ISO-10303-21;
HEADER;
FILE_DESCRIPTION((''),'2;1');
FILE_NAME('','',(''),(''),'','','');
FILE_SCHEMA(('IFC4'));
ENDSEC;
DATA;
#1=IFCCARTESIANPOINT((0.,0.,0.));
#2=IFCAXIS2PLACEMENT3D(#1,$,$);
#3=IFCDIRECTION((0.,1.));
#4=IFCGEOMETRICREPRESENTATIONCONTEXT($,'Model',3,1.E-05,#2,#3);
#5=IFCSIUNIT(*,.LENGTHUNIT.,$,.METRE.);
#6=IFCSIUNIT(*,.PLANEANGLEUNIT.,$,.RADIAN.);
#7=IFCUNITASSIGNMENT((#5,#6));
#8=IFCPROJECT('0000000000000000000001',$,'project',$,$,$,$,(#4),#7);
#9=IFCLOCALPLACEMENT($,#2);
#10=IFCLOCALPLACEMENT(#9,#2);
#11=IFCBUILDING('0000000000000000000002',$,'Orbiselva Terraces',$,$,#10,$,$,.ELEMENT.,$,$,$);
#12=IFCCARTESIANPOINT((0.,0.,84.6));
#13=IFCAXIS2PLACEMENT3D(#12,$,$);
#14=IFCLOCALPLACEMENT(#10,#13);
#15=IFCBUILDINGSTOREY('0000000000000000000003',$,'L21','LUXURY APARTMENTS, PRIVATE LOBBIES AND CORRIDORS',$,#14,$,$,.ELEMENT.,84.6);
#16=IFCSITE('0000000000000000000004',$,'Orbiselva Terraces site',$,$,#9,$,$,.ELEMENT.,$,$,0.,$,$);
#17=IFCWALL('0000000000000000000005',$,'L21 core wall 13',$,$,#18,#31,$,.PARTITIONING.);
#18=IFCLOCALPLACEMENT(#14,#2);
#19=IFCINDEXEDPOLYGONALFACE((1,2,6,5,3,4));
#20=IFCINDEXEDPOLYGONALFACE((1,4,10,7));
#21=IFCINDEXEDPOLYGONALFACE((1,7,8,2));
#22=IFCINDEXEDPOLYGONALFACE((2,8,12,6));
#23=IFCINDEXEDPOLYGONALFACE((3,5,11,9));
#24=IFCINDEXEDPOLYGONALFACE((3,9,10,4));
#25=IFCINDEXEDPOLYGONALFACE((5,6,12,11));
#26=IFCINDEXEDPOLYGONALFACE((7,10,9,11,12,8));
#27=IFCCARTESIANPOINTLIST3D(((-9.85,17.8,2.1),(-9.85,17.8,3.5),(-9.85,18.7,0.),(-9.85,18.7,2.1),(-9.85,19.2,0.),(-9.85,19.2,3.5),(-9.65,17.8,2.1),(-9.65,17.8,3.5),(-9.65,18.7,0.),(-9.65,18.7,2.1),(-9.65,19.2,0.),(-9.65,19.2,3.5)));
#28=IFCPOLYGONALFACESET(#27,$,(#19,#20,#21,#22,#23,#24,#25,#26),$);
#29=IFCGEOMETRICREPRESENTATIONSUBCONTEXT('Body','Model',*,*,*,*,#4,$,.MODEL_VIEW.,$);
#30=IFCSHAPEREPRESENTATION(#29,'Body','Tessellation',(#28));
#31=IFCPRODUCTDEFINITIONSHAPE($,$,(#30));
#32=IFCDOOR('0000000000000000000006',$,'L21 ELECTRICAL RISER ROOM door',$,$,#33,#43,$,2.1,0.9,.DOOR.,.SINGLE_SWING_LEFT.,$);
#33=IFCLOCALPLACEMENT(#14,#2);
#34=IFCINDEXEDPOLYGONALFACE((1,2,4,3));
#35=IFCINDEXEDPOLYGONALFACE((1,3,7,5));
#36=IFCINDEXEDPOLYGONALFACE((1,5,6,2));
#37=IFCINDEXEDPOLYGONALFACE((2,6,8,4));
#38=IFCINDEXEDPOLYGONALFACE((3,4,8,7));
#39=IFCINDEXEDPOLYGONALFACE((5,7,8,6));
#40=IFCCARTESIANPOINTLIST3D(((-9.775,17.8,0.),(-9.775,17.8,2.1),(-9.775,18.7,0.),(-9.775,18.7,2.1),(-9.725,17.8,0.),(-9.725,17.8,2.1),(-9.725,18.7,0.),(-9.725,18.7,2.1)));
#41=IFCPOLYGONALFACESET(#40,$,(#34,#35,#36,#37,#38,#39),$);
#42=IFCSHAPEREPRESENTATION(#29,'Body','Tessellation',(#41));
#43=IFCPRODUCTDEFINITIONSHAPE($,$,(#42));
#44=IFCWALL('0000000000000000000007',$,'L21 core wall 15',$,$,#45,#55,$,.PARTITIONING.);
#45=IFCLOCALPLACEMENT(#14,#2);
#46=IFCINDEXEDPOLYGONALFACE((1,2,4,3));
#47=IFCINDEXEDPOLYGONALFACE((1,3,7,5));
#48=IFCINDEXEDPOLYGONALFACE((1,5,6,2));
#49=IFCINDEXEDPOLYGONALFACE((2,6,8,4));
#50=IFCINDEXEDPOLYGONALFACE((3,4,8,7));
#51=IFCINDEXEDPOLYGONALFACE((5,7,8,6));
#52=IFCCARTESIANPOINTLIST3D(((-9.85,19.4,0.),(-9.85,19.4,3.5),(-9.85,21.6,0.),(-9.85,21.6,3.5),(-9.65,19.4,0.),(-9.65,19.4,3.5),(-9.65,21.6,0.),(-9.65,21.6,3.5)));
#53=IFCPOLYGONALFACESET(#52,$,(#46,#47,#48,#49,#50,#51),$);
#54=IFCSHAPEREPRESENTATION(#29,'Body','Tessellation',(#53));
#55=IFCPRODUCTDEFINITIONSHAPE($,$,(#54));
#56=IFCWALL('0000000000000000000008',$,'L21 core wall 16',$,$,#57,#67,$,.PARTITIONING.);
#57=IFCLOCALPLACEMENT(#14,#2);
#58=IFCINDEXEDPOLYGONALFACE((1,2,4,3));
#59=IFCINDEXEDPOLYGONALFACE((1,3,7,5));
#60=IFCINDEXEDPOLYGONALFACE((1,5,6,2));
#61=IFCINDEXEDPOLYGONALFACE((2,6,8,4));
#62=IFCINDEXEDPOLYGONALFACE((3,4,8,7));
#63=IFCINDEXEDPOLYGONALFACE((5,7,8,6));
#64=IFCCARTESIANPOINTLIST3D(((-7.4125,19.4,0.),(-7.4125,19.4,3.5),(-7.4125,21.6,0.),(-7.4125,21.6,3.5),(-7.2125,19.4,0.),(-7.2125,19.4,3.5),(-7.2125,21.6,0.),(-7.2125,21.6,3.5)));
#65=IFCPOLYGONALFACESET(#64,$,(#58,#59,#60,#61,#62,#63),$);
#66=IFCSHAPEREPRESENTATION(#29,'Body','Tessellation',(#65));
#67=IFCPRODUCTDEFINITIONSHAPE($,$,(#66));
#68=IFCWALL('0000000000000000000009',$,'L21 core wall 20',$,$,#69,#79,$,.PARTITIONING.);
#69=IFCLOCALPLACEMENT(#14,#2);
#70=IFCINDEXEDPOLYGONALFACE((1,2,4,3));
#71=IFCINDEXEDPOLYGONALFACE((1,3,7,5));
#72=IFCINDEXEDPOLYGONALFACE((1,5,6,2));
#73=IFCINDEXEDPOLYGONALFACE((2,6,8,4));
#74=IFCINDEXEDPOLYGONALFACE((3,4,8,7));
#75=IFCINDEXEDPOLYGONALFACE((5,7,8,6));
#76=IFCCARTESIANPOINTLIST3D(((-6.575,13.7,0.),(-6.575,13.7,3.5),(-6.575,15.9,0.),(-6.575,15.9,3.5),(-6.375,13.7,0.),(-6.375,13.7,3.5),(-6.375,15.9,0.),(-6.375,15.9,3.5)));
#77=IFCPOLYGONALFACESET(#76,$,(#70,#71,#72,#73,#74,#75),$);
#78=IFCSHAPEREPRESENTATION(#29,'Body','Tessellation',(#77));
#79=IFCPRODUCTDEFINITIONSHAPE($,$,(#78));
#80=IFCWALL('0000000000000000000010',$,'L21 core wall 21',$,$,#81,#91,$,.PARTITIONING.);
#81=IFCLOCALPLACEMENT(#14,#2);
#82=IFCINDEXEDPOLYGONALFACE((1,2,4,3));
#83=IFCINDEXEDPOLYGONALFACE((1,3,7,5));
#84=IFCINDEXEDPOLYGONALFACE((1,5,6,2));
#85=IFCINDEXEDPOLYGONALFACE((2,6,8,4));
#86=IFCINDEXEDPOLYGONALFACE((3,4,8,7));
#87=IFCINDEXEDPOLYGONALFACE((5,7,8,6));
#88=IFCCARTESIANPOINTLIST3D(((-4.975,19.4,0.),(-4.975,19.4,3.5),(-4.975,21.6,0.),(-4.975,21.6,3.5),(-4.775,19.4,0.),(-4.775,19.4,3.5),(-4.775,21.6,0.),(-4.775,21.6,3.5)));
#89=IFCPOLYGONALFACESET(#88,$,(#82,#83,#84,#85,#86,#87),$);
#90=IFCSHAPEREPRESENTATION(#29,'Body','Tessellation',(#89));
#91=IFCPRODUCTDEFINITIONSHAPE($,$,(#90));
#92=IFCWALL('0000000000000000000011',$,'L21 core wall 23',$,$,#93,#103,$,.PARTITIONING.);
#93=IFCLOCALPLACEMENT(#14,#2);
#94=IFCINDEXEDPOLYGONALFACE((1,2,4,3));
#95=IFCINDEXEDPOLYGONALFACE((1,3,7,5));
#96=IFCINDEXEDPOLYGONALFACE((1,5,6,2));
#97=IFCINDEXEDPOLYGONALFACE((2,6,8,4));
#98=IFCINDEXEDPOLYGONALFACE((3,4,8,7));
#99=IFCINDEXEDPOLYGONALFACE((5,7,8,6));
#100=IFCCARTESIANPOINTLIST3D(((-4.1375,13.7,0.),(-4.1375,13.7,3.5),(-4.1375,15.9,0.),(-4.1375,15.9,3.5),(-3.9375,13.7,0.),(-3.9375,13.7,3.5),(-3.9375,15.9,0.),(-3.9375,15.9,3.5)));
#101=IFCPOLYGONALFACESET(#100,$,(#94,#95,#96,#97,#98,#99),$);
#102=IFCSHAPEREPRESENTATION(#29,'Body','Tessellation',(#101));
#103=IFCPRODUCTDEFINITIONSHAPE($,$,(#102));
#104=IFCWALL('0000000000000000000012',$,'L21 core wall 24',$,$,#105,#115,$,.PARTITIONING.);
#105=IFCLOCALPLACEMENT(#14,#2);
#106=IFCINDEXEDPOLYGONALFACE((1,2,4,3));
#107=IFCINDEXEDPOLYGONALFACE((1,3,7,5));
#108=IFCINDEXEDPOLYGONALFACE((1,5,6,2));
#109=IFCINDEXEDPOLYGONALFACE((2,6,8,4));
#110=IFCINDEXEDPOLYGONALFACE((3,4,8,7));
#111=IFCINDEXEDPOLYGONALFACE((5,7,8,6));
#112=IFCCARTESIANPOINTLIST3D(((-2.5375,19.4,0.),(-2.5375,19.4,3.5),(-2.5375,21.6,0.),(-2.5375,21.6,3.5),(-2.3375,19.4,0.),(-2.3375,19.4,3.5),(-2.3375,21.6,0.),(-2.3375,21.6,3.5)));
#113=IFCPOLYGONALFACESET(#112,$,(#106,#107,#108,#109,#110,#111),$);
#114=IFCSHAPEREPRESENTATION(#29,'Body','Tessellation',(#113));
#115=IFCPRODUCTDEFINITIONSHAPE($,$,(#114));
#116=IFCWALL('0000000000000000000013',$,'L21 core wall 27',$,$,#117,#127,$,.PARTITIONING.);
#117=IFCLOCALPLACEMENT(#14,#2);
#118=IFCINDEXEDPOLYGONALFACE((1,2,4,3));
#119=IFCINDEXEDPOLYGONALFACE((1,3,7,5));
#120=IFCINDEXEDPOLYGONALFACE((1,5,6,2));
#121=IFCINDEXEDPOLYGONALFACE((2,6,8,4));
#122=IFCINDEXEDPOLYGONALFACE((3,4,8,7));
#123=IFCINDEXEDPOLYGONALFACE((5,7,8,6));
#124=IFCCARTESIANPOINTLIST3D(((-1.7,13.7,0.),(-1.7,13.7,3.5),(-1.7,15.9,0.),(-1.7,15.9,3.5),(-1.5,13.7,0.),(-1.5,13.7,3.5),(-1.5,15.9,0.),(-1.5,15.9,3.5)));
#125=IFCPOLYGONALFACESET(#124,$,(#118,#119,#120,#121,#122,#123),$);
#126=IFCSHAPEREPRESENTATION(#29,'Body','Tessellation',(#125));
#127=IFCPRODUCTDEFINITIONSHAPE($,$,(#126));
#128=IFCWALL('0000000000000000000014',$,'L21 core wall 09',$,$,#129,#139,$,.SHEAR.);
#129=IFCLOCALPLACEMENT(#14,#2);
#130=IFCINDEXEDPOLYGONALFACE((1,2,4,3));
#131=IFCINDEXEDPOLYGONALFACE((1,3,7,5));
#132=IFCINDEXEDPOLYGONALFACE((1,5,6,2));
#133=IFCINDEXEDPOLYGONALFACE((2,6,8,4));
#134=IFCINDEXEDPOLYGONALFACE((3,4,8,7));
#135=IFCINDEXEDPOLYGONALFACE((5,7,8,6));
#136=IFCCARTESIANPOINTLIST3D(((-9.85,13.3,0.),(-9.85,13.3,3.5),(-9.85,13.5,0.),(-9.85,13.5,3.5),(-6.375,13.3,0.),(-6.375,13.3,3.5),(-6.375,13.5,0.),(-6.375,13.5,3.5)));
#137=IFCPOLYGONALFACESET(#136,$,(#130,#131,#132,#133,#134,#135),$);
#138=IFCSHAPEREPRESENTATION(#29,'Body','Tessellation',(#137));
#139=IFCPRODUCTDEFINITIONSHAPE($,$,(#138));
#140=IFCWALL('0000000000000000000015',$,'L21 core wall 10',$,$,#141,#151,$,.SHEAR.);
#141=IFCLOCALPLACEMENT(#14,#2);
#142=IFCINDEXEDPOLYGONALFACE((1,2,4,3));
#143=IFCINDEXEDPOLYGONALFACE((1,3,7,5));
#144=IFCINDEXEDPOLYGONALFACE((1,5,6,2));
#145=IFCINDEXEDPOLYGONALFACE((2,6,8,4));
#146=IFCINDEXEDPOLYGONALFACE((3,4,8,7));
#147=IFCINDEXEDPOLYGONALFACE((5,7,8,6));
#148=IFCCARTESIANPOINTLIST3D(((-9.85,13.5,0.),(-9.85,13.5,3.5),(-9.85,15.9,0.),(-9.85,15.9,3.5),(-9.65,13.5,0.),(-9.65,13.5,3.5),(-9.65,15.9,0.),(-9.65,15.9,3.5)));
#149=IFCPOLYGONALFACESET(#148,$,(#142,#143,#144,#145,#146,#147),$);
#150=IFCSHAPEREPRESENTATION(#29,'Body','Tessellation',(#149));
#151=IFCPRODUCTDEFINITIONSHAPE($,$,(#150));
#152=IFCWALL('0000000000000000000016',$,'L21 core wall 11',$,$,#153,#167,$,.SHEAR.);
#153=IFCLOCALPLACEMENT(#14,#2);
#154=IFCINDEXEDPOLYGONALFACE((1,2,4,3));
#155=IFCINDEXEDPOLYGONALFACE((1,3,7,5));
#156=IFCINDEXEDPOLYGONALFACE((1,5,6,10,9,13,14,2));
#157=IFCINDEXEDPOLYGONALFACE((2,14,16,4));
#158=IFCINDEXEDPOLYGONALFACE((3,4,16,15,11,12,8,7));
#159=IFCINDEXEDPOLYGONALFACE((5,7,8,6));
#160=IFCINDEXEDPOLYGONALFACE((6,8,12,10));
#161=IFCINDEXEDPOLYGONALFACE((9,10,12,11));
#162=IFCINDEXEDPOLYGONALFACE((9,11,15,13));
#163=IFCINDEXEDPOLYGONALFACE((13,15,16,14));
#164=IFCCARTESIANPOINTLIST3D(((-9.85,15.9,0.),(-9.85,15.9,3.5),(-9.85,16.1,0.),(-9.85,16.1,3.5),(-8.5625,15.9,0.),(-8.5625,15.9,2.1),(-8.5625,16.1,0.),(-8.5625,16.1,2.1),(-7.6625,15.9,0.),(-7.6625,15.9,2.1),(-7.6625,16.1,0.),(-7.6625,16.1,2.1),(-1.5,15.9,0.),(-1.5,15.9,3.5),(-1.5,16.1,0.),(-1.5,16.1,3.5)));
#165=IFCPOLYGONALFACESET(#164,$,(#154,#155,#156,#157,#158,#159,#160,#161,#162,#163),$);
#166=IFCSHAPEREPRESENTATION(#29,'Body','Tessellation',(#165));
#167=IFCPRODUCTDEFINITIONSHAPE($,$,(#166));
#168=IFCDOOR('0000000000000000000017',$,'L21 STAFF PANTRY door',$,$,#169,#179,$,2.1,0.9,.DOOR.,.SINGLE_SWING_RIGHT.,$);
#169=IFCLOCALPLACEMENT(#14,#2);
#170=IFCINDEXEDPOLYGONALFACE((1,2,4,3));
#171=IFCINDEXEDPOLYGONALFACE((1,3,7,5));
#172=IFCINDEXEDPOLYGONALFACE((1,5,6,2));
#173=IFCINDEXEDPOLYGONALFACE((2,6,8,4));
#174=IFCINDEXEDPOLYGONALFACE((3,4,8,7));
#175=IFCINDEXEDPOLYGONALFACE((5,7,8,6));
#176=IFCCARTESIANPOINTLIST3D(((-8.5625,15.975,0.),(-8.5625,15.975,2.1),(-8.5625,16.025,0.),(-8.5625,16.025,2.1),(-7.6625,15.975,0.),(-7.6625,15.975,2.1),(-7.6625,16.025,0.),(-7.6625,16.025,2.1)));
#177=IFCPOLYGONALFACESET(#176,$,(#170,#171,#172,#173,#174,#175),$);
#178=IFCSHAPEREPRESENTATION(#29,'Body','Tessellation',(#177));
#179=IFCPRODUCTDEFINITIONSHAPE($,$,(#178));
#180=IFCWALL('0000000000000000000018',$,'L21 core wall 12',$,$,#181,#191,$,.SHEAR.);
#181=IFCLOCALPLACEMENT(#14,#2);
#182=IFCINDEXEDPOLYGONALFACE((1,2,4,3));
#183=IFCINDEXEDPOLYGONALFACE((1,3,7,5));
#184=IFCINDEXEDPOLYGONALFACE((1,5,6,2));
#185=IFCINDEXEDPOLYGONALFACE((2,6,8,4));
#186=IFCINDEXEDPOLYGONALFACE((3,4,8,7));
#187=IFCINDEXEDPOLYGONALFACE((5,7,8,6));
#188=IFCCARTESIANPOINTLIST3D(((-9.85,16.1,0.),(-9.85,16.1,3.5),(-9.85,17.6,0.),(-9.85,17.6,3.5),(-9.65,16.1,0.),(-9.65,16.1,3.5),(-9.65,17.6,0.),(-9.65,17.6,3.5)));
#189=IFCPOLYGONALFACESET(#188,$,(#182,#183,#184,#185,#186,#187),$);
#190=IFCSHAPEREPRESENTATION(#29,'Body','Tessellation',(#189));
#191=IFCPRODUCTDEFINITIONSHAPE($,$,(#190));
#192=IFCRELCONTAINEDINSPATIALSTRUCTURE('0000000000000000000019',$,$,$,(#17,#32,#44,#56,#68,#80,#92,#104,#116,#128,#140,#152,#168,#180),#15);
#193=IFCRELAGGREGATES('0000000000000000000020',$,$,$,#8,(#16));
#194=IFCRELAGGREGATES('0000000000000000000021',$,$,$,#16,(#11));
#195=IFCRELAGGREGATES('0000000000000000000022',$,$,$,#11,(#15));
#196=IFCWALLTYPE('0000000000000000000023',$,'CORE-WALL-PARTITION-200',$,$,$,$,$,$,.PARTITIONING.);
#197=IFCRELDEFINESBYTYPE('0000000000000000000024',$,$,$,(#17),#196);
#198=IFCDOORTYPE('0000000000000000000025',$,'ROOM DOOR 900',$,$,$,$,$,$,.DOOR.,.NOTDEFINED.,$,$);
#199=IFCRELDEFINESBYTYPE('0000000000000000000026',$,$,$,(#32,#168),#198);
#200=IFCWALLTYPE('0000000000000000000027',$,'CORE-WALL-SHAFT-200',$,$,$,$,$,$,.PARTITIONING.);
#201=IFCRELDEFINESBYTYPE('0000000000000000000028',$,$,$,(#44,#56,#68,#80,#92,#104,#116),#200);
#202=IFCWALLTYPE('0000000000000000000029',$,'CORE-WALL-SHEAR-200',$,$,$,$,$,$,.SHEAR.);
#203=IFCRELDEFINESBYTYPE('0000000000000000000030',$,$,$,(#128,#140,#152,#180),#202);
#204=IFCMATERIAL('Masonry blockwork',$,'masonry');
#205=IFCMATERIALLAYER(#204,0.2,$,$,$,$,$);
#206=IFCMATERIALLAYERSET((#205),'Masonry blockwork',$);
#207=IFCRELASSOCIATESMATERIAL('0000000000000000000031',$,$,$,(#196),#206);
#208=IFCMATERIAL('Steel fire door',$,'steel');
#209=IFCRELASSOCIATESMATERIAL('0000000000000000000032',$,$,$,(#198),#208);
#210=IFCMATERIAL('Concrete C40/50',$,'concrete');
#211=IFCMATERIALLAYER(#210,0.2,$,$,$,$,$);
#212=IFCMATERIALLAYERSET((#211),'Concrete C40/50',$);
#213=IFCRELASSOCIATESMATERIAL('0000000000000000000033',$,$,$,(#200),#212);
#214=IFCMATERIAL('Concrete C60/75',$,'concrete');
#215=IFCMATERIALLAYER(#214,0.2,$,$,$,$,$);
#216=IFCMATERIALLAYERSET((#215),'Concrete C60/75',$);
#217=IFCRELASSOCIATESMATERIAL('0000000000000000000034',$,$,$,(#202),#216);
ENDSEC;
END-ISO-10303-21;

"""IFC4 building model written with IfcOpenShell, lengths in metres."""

from ifc_helpers import new_model, si_unit, direction, frame, frame_2d, origin, place, context, subcontext, project, spatial, rectangle, extrude, material, layer, layer_set, type_object, element, fill, save


model = new_model("IFC4")

# Units and contexts
model_context = context("Model", 3, precision=1e-05, world=origin(), true_north=direction((0.0, 1.0)))
body_context = subcontext(model_context, "Body", "Model", "MODEL_VIEW")
ifc_project = project(units=[si_unit("LENGTHUNIT", "METRE"), si_unit("PLANEANGLEUNIT", "RADIAN")], contexts=[model_context])

# Site, building, storey
site_placement = place(None, origin())
site = spatial("IfcSite", under=ifc_project, at=site_placement, Name="Orbiselva Terraces site", CompositionType="ELEMENT", RefElevation=0.0)
building_placement = place(site_placement, origin())
building = spatial("IfcBuilding", under=site, at=building_placement, Name="Orbiselva Terraces", CompositionType="ELEMENT")
storey_placement = place(building_placement, frame((0.0, 0.0, 84.6)))
storey = spatial("IfcBuildingStorey", under=building, at=storey_placement, Name="L21", Description="LUXURY APARTMENTS, PRIVATE LOBBIES AND CORRIDORS", CompositionType="ELEMENT", Elevation=84.6)

# Wall, opening, door
ifc_material_1 = material(Name="Masonry blockwork", Category="masonry")
ifc_layer_1 = layer(ifc_material_1, 0.2)
ifc_layer_set_1 = layer_set([ifc_layer_1], Name="Masonry blockwork")
wall_type_1 = type_object("IfcWallType", Name="CORE-WALL-PARTITION-200", PredefinedType="PARTITIONING", material=ifc_layer_set_1)
wall_1_placement = place(storey_placement, frame((-9.75, 17.8, 0.0), z_axis=(0.0, 0.0, 1.0), x_axis=(0.0, 1.0, 0.0)))
wall_1 = element("IfcWall", 1, at=wall_1_placement, inside=storey, type_object=wall_type_1, Name="L21 core wall 13", PredefinedType="PARTITIONING", context=body_context, shape_type="SweptSolid", body=[
    extrude(rectangle(XDim=1.4, YDim=0.2, at=frame_2d((0.7, 0.0))), origin(), (0.0, 0.0, 1.0), 3.5),
])
opening_1_placement = place(wall_1_placement, origin())
opening_1 = element("IfcOpeningElement", 2, at=opening_1_placement, cuts=wall_1, PredefinedType="OPENING", context=body_context, shape_type="SweptSolid", body=[
    extrude(rectangle(XDim=0.9, YDim=2.1, at=frame_2d((0.45, 1.05))), frame((0.0, 0.11, 0.0), z_axis=(0.0, -1.0, 0.0), x_axis=(1.0, 0.0, 0.0)), (0.0, 0.0, 1.0), 0.22),
])
ifc_material_2 = material(Name="Steel fire door", Category="steel")
door_type_1 = type_object("IfcDoorType", Name="ROOM DOOR 900", OperationType="NOTDEFINED", PredefinedType="DOOR", material=ifc_material_2)
door_1_placement = place(opening_1_placement, origin())
door_1 = element("IfcDoor", 3, at=door_1_placement, inside=storey, type_object=door_type_1, Name="L21 ELECTRICAL RISER ROOM door", OperationType="SINGLE_SWING_LEFT", OverallHeight=2.1, OverallWidth=0.9, PredefinedType="DOOR", context=body_context, shape_type="SweptSolid", body=[
    extrude(rectangle(XDim=0.9, YDim=2.1, at=frame_2d((0.45, 1.05))), frame((0.0, 0.025, 0.0), z_axis=(0.0, -1.0, 0.0), x_axis=(1.0, 0.0, 0.0)), (0.0, 0.0, 1.0), 0.05),
])
fill(opening_1, door_1)

# Walls
ifc_material_3 = material(Name="Concrete C40/50", Category="concrete")
ifc_layer_2 = layer(ifc_material_3, 0.2)
ifc_layer_set_2 = layer_set([ifc_layer_2], Name="Concrete C40/50")
wall_type_2 = type_object("IfcWallType", Name="CORE-WALL-SHAFT-200", PredefinedType="PARTITIONING", material=ifc_layer_set_2)
for number, where, z_axis, x_axis, name in (
    (4, (-9.75, 19.4, 0.0), (0.0, 0.0, 1.0), (0.0, 1.0, 0.0), "L21 core wall 15"),
    (5, (-7.3125, 19.4, 0.0), (0.0, 0.0, 1.0), (0.0, 1.0, 0.0), "L21 core wall 16"),
    (6, (-6.475, 13.7, 0.0), (0.0, 0.0, 1.0), (0.0, 1.0, 0.0), "L21 core wall 20"),
    (7, (-4.875, 19.4, 0.0), (0.0, 0.0, 1.0), (0.0, 1.0, 0.0), "L21 core wall 21"),
    (8, (-4.0375, 13.7, 0.0), (0.0, 0.0, 1.0), (0.0, 1.0, 0.0), "L21 core wall 23"),
    (9, (-2.4375, 19.4, 0.0), (0.0, 0.0, 1.0), (0.0, 1.0, 0.0), "L21 core wall 24"),
    (10, (-1.6, 13.7, 0.0), (0.0, 0.0, 1.0), (0.0, 1.0, 0.0), "L21 core wall 27"),
):
    element("IfcWall", number, at=place(storey_placement, frame(where, z_axis=z_axis, x_axis=x_axis)), inside=storey, type_object=wall_type_2, Name=name, PredefinedType="PARTITIONING", context=body_context, shape_type="SweptSolid", body=[
        extrude(rectangle(XDim=2.2, YDim=0.2, at=frame_2d((1.1, 0.0))), origin(), (0.0, 0.0, 1.0), 3.5),
    ])
ifc_material_4 = material(Name="Concrete C60/75", Category="concrete")
ifc_layer_3 = layer(ifc_material_4, 0.2)
ifc_layer_set_3 = layer_set([ifc_layer_3], Name="Concrete C60/75")
wall_type_3 = type_object("IfcWallType", Name="CORE-WALL-SHEAR-200", PredefinedType="SHEAR", material=ifc_layer_set_3)
wall_2_placement = place(storey_placement, frame((-9.85, 13.4, 0.0), z_axis=(0.0, 0.0, 1.0), x_axis=(1.0, 0.0, 0.0)))
element("IfcWall", 11, at=wall_2_placement, inside=storey, type_object=wall_type_3, Name="L21 core wall 09", PredefinedType="SHEAR", context=body_context, shape_type="SweptSolid", body=[
    extrude(rectangle(XDim=3.475, YDim=0.2, at=frame_2d((1.7375, 0.0))), origin(), (0.0, 0.0, 1.0), 3.5),
])
wall_3_placement = place(storey_placement, frame((-9.75, 13.5, 0.0), z_axis=(0.0, 0.0, 1.0), x_axis=(0.0, 1.0, 0.0)))
element("IfcWall", 12, at=wall_3_placement, inside=storey, type_object=wall_type_3, Name="L21 core wall 10", PredefinedType="SHEAR", context=body_context, shape_type="SweptSolid", body=[
    extrude(rectangle(XDim=2.4, YDim=0.2, at=frame_2d((1.2, 0.0))), origin(), (0.0, 0.0, 1.0), 3.5),
])

# Wall, opening, door
wall_4_placement = place(storey_placement, frame((-1.5, 16.0, 0.0), z_axis=(0.0, 0.0, 1.0), x_axis=(-1.0, 0.0, 0.0)))
wall_4 = element("IfcWall", 13, at=wall_4_placement, inside=storey, type_object=wall_type_3, Name="L21 core wall 11", PredefinedType="SHEAR", context=body_context, shape_type="SweptSolid", body=[
    extrude(rectangle(XDim=8.35, YDim=0.2, at=frame_2d((4.175, 0.0))), origin(), (0.0, 0.0, 1.0), 3.5),
])
opening_2_placement = place(wall_4_placement, frame((6.1625, 0.0, 0.0)))
opening_2 = element("IfcOpeningElement", 14, at=opening_2_placement, cuts=wall_4, PredefinedType="OPENING", context=body_context, shape_type="SweptSolid", body=[
    extrude(rectangle(XDim=0.9, YDim=2.1, at=frame_2d((0.45, 1.05))), frame((0.0, 0.11, 0.0), z_axis=(0.0, -1.0, 0.0), x_axis=(1.0, 0.0, 0.0)), (0.0, 0.0, 1.0), 0.22),
])
door_2_placement = place(opening_2_placement, origin())
door_2 = element("IfcDoor", 15, at=door_2_placement, inside=storey, type_object=door_type_1, Name="L21 STAFF PANTRY door", OperationType="SINGLE_SWING_RIGHT", OverallHeight=2.1, OverallWidth=0.9, PredefinedType="DOOR", context=body_context, shape_type="SweptSolid", body=[
    extrude(rectangle(XDim=0.9, YDim=2.1, at=frame_2d((0.45, 1.05))), frame((0.0, 0.025, 0.0), z_axis=(0.0, -1.0, 0.0), x_axis=(1.0, 0.0, 0.0)), (0.0, 0.0, 1.0), 0.05),
])
fill(opening_2, door_2)

# Wall
wall_5_placement = place(storey_placement, frame((-9.75, 16.1, 0.0), z_axis=(0.0, 0.0, 1.0), x_axis=(0.0, 1.0, 0.0)))
element("IfcWall", 16, at=wall_5_placement, inside=storey, type_object=wall_type_3, Name="L21 core wall 12", PredefinedType="SHEAR", context=body_context, shape_type="SweptSolid", body=[
    extrude(rectangle(XDim=1.5, YDim=0.2, at=frame_2d((0.75, 0.0))), origin(), (0.0, 0.0, 1.0), 3.5),
])

save(model, "model.ifc")
